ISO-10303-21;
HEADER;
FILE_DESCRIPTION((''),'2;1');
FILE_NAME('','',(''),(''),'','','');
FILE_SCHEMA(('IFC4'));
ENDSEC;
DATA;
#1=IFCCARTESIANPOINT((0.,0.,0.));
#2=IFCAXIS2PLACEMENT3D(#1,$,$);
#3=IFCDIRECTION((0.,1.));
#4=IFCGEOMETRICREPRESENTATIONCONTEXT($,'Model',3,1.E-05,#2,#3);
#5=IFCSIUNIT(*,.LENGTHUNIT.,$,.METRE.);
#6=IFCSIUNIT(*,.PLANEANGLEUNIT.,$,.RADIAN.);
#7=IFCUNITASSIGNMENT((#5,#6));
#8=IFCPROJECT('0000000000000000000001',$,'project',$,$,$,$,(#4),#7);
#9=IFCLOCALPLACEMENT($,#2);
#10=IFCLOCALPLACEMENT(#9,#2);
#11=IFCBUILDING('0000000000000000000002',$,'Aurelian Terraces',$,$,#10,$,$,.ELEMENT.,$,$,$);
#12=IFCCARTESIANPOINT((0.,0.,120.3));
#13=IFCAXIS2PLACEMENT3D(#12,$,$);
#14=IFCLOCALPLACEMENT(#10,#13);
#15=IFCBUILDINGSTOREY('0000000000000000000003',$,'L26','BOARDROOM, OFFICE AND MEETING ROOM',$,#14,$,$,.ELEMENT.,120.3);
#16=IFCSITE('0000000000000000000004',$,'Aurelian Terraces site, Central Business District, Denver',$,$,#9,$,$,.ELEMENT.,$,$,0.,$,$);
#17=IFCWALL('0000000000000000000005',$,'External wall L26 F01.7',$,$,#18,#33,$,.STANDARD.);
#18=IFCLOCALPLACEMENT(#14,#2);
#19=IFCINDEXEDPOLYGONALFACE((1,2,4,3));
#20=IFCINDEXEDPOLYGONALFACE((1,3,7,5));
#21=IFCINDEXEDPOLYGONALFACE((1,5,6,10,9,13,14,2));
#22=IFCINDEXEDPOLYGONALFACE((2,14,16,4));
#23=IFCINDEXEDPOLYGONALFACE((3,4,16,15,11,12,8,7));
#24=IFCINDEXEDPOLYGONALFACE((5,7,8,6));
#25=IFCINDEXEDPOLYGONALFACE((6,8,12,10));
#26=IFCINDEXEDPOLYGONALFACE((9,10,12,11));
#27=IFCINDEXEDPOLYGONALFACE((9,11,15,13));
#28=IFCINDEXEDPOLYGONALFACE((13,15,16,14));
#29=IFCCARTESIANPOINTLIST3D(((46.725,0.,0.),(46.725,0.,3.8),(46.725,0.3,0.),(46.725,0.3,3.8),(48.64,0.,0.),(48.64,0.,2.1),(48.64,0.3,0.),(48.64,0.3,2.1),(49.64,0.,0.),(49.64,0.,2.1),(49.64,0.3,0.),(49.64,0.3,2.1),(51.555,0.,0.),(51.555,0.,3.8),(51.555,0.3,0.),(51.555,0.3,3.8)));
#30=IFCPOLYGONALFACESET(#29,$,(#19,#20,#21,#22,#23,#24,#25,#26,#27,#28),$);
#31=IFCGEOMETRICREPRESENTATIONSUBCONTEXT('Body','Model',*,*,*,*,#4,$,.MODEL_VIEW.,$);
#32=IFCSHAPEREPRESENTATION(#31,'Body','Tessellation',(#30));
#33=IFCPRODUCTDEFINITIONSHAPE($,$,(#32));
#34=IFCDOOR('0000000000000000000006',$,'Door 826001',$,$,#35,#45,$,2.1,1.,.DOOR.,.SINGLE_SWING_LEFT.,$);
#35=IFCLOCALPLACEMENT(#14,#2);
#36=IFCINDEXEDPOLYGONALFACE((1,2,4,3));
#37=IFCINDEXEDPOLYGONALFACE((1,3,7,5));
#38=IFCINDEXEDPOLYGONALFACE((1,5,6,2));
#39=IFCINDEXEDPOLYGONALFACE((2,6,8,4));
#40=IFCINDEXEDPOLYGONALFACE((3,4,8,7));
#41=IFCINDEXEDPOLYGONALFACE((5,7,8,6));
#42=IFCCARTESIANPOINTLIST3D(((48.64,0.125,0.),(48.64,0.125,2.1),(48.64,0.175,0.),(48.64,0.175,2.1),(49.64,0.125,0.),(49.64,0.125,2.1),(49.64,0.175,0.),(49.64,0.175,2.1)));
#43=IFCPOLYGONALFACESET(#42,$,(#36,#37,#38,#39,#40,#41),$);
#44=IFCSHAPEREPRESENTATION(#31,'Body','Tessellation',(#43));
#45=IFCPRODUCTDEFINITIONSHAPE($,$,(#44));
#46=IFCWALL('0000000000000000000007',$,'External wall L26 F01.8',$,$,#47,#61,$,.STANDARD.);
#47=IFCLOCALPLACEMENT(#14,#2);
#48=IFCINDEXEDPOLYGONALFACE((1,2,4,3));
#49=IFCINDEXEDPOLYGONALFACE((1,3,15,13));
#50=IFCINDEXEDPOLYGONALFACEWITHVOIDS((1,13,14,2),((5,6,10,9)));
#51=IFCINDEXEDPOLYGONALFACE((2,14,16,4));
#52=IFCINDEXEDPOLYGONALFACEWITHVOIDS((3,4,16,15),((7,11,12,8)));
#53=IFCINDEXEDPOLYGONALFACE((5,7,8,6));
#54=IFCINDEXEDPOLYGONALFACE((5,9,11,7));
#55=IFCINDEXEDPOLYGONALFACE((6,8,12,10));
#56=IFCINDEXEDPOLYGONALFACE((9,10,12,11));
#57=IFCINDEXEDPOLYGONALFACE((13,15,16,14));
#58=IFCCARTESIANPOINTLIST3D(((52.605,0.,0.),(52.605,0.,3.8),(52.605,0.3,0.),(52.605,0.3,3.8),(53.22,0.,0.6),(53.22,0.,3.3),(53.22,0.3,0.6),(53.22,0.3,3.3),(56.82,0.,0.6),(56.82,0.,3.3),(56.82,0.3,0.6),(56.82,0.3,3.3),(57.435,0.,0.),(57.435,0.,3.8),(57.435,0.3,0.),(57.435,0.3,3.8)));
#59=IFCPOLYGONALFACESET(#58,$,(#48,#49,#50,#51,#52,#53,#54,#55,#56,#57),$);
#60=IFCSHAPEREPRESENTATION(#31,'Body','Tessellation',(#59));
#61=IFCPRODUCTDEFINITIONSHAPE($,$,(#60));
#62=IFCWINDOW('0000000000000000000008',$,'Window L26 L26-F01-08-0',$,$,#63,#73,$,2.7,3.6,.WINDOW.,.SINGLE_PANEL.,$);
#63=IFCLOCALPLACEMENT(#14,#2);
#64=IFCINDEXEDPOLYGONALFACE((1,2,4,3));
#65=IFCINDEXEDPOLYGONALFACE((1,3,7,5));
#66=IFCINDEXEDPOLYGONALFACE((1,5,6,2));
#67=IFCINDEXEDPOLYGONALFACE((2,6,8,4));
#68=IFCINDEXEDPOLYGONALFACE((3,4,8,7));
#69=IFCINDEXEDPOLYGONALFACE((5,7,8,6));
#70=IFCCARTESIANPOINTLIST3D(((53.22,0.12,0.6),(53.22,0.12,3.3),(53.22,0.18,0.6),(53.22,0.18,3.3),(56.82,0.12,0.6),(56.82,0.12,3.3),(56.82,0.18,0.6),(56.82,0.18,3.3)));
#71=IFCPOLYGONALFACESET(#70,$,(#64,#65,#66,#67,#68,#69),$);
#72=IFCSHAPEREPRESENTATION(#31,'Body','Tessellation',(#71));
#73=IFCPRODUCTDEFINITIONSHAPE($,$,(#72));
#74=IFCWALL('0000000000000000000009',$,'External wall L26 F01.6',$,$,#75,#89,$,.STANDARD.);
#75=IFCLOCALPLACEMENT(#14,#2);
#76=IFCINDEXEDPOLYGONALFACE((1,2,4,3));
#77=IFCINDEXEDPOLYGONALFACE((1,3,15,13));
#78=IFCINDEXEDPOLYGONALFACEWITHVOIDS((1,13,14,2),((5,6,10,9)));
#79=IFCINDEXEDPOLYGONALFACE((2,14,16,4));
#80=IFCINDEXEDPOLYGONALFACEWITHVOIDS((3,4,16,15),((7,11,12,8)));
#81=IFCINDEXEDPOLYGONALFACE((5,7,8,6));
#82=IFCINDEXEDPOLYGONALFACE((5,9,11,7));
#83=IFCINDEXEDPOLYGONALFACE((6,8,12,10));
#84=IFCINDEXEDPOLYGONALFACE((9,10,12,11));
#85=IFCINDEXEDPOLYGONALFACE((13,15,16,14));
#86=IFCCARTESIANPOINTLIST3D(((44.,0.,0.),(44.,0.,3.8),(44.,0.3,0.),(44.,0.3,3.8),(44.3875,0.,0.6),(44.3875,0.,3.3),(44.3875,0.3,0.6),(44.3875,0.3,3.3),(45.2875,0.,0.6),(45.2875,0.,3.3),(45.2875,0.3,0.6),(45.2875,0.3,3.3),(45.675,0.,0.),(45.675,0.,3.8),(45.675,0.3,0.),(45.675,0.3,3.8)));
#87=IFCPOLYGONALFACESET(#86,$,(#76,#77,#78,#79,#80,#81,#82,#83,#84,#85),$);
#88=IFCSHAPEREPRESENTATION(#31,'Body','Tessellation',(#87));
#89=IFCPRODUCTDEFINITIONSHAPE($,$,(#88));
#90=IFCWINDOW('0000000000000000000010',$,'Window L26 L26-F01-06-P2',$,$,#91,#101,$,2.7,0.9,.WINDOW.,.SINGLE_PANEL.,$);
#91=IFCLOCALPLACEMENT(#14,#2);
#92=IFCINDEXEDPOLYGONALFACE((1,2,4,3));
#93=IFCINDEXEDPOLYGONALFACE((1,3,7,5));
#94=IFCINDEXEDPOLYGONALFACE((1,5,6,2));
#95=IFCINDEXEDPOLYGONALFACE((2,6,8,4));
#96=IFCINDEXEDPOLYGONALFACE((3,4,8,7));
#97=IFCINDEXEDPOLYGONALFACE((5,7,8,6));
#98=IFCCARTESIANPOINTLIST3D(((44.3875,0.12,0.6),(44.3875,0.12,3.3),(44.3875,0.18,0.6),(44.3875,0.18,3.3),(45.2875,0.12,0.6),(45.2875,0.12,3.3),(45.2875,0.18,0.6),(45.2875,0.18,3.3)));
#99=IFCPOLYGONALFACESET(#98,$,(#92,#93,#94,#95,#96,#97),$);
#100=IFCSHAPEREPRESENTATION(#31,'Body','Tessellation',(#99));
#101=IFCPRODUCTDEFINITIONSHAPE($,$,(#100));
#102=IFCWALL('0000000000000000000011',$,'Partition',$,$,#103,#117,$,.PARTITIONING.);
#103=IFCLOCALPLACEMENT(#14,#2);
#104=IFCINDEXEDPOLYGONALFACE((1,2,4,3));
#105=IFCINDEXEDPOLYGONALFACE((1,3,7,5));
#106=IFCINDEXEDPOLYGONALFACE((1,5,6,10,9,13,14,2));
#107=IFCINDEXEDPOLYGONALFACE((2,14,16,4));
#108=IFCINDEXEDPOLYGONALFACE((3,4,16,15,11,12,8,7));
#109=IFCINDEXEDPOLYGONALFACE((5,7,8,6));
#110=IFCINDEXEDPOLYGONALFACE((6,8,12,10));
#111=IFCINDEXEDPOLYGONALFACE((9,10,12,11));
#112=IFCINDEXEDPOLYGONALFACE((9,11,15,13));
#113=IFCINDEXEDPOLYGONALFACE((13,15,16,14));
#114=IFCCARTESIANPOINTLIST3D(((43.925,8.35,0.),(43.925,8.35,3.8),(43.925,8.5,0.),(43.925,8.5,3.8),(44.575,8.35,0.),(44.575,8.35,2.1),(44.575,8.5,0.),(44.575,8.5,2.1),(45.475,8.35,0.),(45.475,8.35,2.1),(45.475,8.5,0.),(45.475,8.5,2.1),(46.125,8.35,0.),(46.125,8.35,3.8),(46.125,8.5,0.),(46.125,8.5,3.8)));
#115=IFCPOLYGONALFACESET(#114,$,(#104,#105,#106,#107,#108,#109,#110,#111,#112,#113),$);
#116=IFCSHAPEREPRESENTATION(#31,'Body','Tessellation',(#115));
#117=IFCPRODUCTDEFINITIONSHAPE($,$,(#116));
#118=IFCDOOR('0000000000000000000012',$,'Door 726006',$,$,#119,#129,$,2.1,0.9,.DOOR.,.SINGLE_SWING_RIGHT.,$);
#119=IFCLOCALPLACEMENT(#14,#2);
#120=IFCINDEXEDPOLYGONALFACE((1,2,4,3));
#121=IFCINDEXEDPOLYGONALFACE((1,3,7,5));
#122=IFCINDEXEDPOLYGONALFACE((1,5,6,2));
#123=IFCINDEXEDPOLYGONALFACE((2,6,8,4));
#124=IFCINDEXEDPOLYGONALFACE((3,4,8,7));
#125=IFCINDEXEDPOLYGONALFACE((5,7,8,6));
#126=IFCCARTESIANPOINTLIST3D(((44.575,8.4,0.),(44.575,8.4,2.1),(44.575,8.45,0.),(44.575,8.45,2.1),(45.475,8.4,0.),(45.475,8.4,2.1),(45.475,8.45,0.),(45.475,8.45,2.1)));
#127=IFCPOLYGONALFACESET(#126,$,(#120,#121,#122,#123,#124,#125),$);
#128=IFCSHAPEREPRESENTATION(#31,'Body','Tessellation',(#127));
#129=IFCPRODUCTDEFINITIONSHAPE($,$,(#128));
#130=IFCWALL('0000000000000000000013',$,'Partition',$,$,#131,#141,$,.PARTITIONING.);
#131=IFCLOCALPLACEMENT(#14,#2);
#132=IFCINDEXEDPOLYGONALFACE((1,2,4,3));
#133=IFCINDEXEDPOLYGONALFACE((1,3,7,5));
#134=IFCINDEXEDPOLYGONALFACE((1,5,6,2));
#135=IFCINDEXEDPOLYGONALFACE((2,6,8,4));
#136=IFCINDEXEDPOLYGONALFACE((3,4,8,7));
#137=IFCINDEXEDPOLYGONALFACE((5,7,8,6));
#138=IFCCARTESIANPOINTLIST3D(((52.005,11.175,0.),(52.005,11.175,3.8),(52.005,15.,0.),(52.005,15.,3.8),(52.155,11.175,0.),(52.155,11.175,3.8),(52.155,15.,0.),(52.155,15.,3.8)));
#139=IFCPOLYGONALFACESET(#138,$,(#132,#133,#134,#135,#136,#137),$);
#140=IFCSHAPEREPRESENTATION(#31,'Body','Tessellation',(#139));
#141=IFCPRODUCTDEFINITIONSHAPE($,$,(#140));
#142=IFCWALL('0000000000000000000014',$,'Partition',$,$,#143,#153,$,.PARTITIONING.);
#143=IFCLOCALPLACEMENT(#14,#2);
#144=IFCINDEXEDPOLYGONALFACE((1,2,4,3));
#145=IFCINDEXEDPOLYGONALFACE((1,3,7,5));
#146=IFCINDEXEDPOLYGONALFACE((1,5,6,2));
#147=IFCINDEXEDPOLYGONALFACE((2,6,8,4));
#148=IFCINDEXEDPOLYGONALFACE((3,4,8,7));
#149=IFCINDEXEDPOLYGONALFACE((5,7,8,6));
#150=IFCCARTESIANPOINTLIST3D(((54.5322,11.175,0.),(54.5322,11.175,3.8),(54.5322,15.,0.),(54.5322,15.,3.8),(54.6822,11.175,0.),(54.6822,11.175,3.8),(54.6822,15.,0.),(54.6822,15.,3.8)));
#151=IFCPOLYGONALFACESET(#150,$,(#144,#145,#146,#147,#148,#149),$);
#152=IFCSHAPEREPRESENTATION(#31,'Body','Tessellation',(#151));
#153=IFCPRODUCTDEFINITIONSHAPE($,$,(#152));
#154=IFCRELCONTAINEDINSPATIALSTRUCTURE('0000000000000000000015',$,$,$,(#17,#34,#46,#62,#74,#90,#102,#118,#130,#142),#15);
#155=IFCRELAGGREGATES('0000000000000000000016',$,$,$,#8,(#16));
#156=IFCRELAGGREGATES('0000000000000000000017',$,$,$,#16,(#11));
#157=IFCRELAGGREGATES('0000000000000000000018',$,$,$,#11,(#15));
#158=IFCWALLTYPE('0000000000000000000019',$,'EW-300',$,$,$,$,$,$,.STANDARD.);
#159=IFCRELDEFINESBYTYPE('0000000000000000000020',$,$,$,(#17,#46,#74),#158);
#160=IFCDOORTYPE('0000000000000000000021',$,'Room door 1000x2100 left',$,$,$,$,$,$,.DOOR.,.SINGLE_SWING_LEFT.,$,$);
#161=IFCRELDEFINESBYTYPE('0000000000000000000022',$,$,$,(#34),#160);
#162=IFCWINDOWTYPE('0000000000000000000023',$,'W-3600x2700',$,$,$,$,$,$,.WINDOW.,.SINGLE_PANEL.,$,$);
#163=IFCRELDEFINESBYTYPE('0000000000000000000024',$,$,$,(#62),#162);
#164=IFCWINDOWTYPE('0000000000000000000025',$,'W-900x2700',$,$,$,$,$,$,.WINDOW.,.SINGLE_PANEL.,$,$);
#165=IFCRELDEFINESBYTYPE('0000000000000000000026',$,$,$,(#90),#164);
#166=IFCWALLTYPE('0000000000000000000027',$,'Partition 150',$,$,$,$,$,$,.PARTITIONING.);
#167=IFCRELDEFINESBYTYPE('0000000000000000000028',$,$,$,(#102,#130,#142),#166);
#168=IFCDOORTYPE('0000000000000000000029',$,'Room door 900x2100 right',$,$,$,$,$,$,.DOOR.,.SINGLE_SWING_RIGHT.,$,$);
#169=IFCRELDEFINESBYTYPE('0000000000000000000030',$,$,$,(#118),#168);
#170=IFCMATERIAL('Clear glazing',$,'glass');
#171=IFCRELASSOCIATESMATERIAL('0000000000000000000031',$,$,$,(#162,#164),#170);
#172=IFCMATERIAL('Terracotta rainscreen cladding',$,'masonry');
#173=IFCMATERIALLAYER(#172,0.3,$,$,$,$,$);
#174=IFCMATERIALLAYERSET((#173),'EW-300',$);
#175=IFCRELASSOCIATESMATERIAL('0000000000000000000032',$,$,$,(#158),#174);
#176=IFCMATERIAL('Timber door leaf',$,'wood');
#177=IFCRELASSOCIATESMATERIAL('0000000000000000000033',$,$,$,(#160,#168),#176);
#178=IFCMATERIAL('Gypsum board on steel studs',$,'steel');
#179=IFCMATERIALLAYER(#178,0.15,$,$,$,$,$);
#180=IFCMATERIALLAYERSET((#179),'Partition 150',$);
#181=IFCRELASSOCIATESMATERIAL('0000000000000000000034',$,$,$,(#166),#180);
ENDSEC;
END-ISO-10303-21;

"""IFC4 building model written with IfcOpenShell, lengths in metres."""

from ifc_helpers import new_model, si_unit, direction, frame, frame_2d, origin, place, context, subcontext, project, spatial, rectangle, extrude, source, transform, mapped, material, layer, layer_set, type_object, element, fill, save


model = new_model("IFC4")

# Units and contexts
model_context = context("Model", 3, precision=1e-05, world=origin(), true_north=direction((0.0, 1.0)))
body_context = subcontext(model_context, "Body", "Model", "MODEL_VIEW")
ifc_project = project(units=[si_unit("LENGTHUNIT", "METRE"), si_unit("PLANEANGLEUNIT", "RADIAN")], contexts=[model_context])

# Site, building, storey
site_placement = place(None, origin())
site = spatial("IfcSite", under=ifc_project, at=site_placement, Name="Aurelian Terraces site, Central Business District, Denver", CompositionType="ELEMENT", RefElevation=0.0)
building_placement = place(site_placement, origin())
building = spatial("IfcBuilding", under=site, at=building_placement, Name="Aurelian Terraces", CompositionType="ELEMENT")
storey_placement = place(building_placement, frame((0.0, 0.0, 120.3)))
storey = spatial("IfcBuildingStorey", under=building, at=storey_placement, Name="L26", Description="BOARDROOM, OFFICE AND MEETING ROOM", CompositionType="ELEMENT", Elevation=120.3)

# Shared definitions
ifc_material_1 = material(Name="Clear glazing", Category="glass")
shared_shape_1 = source(origin(), body_context, "Body", "SweptSolid", [
    extrude(rectangle(XDim=3.6, YDim=2.7, at=frame_2d((1.8, 1.35))), frame((0.0, 0.16, 0.0), z_axis=(0.0, -1.0, 0.0), x_axis=(1.0, 0.0, 0.0)), (0.0, 0.0, 1.0), 0.32),
])
window_type_1 = type_object("IfcWindowType", Name="W-3600x2700", PartitioningType="SINGLE_PANEL", PredefinedType="WINDOW", material=ifc_material_1)
shared_shape_2 = source(origin(), body_context, "Body", "SweptSolid", [
    extrude(rectangle(XDim=3.6, YDim=2.7, at=frame_2d((1.8, 1.35))), frame((0.0, 0.03, 0.0), z_axis=(0.0, -1.0, 0.0), x_axis=(1.0, 0.0, 0.0)), (0.0, 0.0, 1.0), 0.06),
])

# Wall, opening, door
ifc_material_2 = material(Name="Terracotta rainscreen cladding", Category="masonry")
ifc_layer_1 = layer(ifc_material_2, 0.3)
ifc_layer_set_1 = layer_set([ifc_layer_1], Name="EW-300")
wall_type_1 = type_object("IfcWallType", Name="EW-300", PredefinedType="STANDARD", material=ifc_layer_set_1)
shared_shape_3 = source(origin(), body_context, "Body", "SweptSolid", [
    extrude(rectangle(XDim=4.83, YDim=0.3, at=frame_2d((2.415, 0.0))), origin(), (0.0, 0.0, 1.0), 3.8),
])
wall_1_placement = place(storey_placement, frame((46.725, 0.15, 0.0), z_axis=(0.0, 0.0, 1.0), x_axis=(1.0, 0.0, 0.0)))
wall_1 = element("IfcWall", 1, at=wall_1_placement, inside=storey, type_object=wall_type_1, Name="External wall L26 F01.7", PredefinedType="STANDARD", context=body_context, shape_type="MappedRepresentation", body=[
    mapped(shared_shape_3, transform((0.0, 0.0, 0.0), scale=1.0)),
])
shared_shape_4 = source(origin(), body_context, "Body", "SweptSolid", [
    extrude(rectangle(XDim=1.0, YDim=2.1, at=frame_2d((0.5, 1.05))), frame((0.0, 0.16, 0.0), z_axis=(0.0, -1.0, 0.0), x_axis=(1.0, 0.0, 0.0)), (0.0, 0.0, 1.0), 0.32),
])
opening_1_placement = place(wall_1_placement, frame((1.915, 0.0, 0.0)))
opening_1 = element("IfcOpeningElement", 2, at=opening_1_placement, cuts=wall_1, PredefinedType="OPENING", context=body_context, shape_type="MappedRepresentation", body=[
    mapped(shared_shape_4, transform((0.0, 0.0, 0.0), scale=1.0)),
])
ifc_material_3 = material(Name="Timber door leaf", Category="wood")
door_type_1 = type_object("IfcDoorType", Name="Room door 1000x2100 left", OperationType="SINGLE_SWING_LEFT", PredefinedType="DOOR", material=ifc_material_3)
shared_shape_5 = source(origin(), body_context, "Body", "SweptSolid", [
    extrude(rectangle(XDim=1.0, YDim=2.1, at=frame_2d((0.5, 1.05))), frame((0.0, 0.025, 0.0), z_axis=(0.0, -1.0, 0.0), x_axis=(1.0, 0.0, 0.0)), (0.0, 0.0, 1.0), 0.05),
])
door_1_placement = place(opening_1_placement, origin())
door_1 = element("IfcDoor", 3, at=door_1_placement, inside=storey, type_object=door_type_1, Name="Door 826001", OperationType="SINGLE_SWING_LEFT", OverallHeight=2.1, OverallWidth=1.0, PredefinedType="DOOR", context=body_context, shape_type="MappedRepresentation", body=[
    mapped(shared_shape_5, transform((0.0, 0.0, 0.0), scale=1.0)),
])
fill(opening_1, door_1)

# Walls, openings, windows
wall_2_placement = place(storey_placement, frame((52.605, 0.15, 0.0), z_axis=(0.0, 0.0, 1.0), x_axis=(1.0, 0.0, 0.0)))
wall_2 = element("IfcWall", 4, at=wall_2_placement, inside=storey, type_object=wall_type_1, Name="External wall L26 F01.8", PredefinedType="STANDARD", context=body_context, shape_type="MappedRepresentation", body=[
    mapped(shared_shape_3, transform((0.0, 0.0, 0.0), scale=1.0)),
])
opening_2_placement = place(wall_2_placement, frame((0.615, 0.0, 0.6)))
opening_2 = element("IfcOpeningElement", 5, at=opening_2_placement, cuts=wall_2, PredefinedType="OPENING", context=body_context, shape_type="MappedRepresentation", body=[
    mapped(shared_shape_1, transform((0.0, 0.0, 0.0), scale=1.0)),
])
window_1_placement = place(opening_2_placement, origin())
window_1 = element("IfcWindow", 6, at=window_1_placement, inside=storey, type_object=window_type_1, Name="Window L26 L26-F01-08-0", OverallHeight=2.7, OverallWidth=3.6, PartitioningType="SINGLE_PANEL", PredefinedType="WINDOW", context=body_context, shape_type="MappedRepresentation", body=[
    mapped(shared_shape_2, transform((0.0, 0.0, 0.0), scale=1.0)),
])
fill(opening_2, window_1)
shared_shape_6 = source(origin(), body_context, "Body", "SweptSolid", [
    extrude(rectangle(XDim=1.675, YDim=0.3, at=frame_2d((0.8375, 0.0))), origin(), (0.0, 0.0, 1.0), 3.8),
])
wall_3_placement = place(storey_placement, frame((44.0, 0.15, 0.0), z_axis=(0.0, 0.0, 1.0), x_axis=(1.0, 0.0, 0.0)))
wall_3 = element("IfcWall", 7, at=wall_3_placement, inside=storey, type_object=wall_type_1, Name="External wall L26 F01.6", PredefinedType="STANDARD", context=body_context, shape_type="MappedRepresentation", body=[
    mapped(shared_shape_6, transform((0.0, 0.0, 0.0), scale=1.0)),
])
shared_shape_7 = source(origin(), body_context, "Body", "SweptSolid", [
    extrude(rectangle(XDim=0.9, YDim=2.7, at=frame_2d((0.45, 1.35))), frame((0.0, 0.16, 0.0), z_axis=(0.0, -1.0, 0.0), x_axis=(1.0, 0.0, 0.0)), (0.0, 0.0, 1.0), 0.32),
])
opening_3_placement = place(wall_3_placement, frame((0.3875, 0.0, 0.6)))
opening_3 = element("IfcOpeningElement", 8, at=opening_3_placement, cuts=wall_3, PredefinedType="OPENING", context=body_context, shape_type="MappedRepresentation", body=[
    mapped(shared_shape_7, transform((0.0, 0.0, 0.0), scale=1.0)),
])
window_type_2 = type_object("IfcWindowType", Name="W-900x2700", PartitioningType="SINGLE_PANEL", PredefinedType="WINDOW", material=ifc_material_1)
shared_shape_8 = source(origin(), body_context, "Body", "SweptSolid", [
    extrude(rectangle(XDim=0.9, YDim=2.7, at=frame_2d((0.45, 1.35))), frame((0.0, 0.03, 0.0), z_axis=(0.0, -1.0, 0.0), x_axis=(1.0, 0.0, 0.0)), (0.0, 0.0, 1.0), 0.06),
])
window_2_placement = place(opening_3_placement, origin())
window_2 = element("IfcWindow", 9, at=window_2_placement, inside=storey, type_object=window_type_2, Name="Window L26 L26-F01-06-P2", OverallHeight=2.7, OverallWidth=0.9, PartitioningType="SINGLE_PANEL", PredefinedType="WINDOW", context=body_context, shape_type="MappedRepresentation", body=[
    mapped(shared_shape_8, transform((0.0, 0.0, 0.0), scale=1.0)),
])
fill(opening_3, window_2)

# Wall, opening, door
ifc_material_4 = material(Name="Gypsum board on steel studs", Category="steel")
ifc_layer_2 = layer(ifc_material_4, 0.15)
ifc_layer_set_2 = layer_set([ifc_layer_2], Name="Partition 150")
wall_type_2 = type_object("IfcWallType", Name="Partition 150", PredefinedType="PARTITIONING", material=ifc_layer_set_2)
shared_shape_9 = source(origin(), body_context, "Body", "SweptSolid", [
    extrude(rectangle(XDim=2.2, YDim=0.15, at=frame_2d((1.1, 0.0))), origin(), (0.0, 0.0, 1.0), 3.8),
])
wall_4_placement = place(storey_placement, frame((46.125, 8.425, 0.0), z_axis=(0.0, 0.0, 1.0), x_axis=(-1.0, 0.0, 0.0)))
wall_4 = element("IfcWall", 10, at=wall_4_placement, inside=storey, type_object=wall_type_2, Name="Partition", PredefinedType="PARTITIONING", context=body_context, shape_type="MappedRepresentation", body=[
    mapped(shared_shape_9, transform((0.0, 0.0, 0.0), scale=1.0)),
])
shared_shape_10 = source(origin(), body_context, "Body", "SweptSolid", [
    extrude(rectangle(XDim=0.9, YDim=2.1, at=frame_2d((0.45, 1.05))), frame((0.0, 0.085, 0.0), z_axis=(0.0, -1.0, 0.0), x_axis=(1.0, 0.0, 0.0)), (0.0, 0.0, 1.0), 0.17),
])
opening_4_placement = place(wall_4_placement, frame((0.65, 0.0, 0.0)))
opening_4 = element("IfcOpeningElement", 11, at=opening_4_placement, cuts=wall_4, PredefinedType="OPENING", context=body_context, shape_type="MappedRepresentation", body=[
    mapped(shared_shape_10, transform((0.0, 0.0, 0.0), scale=1.0)),
])
door_type_2 = type_object("IfcDoorType", Name="Room door 900x2100 right", OperationType="SINGLE_SWING_RIGHT", PredefinedType="DOOR", material=ifc_material_3)
shared_shape_11 = source(origin(), body_context, "Body", "SweptSolid", [
    extrude(rectangle(XDim=0.9, YDim=2.1, at=frame_2d((0.45, 1.05))), frame((0.0, 0.025, 0.0), z_axis=(0.0, -1.0, 0.0), x_axis=(1.0, 0.0, 0.0)), (0.0, 0.0, 1.0), 0.05),
])
door_2_placement = place(opening_4_placement, origin())
door_2 = element("IfcDoor", 12, at=door_2_placement, inside=storey, type_object=door_type_2, Name="Door 726006", OperationType="SINGLE_SWING_RIGHT", OverallHeight=2.1, OverallWidth=0.9, PredefinedType="DOOR", context=body_context, shape_type="MappedRepresentation", body=[
    mapped(shared_shape_11, transform((0.0, 0.0, 0.0), scale=1.0)),
])
fill(opening_4, door_2)

# Walls
shared_shape_12 = source(origin(), body_context, "Body", "SweptSolid", [
    extrude(rectangle(XDim=3.825, YDim=0.15, at=frame_2d((1.9125, 0.0))), origin(), (0.0, 0.0, 1.0), 3.8),
])
for number, where, z_axis, x_axis, name in (
    (13, (52.08, 11.175, 0.0), (0.0, 0.0, 1.0), (0.0, 1.0, 0.0), "Partition"),
    (14, (54.6072, 11.175, 0.0), (0.0, 0.0, 1.0), (0.0, 1.0, 0.0), "Partition"),
):
    element("IfcWall", number, at=place(storey_placement, frame(where, z_axis=z_axis, x_axis=x_axis)), inside=storey, type_object=wall_type_2, Name=name, PredefinedType="PARTITIONING", context=body_context, shape_type="MappedRepresentation", body=[
        mapped(shared_shape_12, transform((0.0, 0.0, 0.0), scale=1.0)),
    ])

save(model, "model.ifc")
